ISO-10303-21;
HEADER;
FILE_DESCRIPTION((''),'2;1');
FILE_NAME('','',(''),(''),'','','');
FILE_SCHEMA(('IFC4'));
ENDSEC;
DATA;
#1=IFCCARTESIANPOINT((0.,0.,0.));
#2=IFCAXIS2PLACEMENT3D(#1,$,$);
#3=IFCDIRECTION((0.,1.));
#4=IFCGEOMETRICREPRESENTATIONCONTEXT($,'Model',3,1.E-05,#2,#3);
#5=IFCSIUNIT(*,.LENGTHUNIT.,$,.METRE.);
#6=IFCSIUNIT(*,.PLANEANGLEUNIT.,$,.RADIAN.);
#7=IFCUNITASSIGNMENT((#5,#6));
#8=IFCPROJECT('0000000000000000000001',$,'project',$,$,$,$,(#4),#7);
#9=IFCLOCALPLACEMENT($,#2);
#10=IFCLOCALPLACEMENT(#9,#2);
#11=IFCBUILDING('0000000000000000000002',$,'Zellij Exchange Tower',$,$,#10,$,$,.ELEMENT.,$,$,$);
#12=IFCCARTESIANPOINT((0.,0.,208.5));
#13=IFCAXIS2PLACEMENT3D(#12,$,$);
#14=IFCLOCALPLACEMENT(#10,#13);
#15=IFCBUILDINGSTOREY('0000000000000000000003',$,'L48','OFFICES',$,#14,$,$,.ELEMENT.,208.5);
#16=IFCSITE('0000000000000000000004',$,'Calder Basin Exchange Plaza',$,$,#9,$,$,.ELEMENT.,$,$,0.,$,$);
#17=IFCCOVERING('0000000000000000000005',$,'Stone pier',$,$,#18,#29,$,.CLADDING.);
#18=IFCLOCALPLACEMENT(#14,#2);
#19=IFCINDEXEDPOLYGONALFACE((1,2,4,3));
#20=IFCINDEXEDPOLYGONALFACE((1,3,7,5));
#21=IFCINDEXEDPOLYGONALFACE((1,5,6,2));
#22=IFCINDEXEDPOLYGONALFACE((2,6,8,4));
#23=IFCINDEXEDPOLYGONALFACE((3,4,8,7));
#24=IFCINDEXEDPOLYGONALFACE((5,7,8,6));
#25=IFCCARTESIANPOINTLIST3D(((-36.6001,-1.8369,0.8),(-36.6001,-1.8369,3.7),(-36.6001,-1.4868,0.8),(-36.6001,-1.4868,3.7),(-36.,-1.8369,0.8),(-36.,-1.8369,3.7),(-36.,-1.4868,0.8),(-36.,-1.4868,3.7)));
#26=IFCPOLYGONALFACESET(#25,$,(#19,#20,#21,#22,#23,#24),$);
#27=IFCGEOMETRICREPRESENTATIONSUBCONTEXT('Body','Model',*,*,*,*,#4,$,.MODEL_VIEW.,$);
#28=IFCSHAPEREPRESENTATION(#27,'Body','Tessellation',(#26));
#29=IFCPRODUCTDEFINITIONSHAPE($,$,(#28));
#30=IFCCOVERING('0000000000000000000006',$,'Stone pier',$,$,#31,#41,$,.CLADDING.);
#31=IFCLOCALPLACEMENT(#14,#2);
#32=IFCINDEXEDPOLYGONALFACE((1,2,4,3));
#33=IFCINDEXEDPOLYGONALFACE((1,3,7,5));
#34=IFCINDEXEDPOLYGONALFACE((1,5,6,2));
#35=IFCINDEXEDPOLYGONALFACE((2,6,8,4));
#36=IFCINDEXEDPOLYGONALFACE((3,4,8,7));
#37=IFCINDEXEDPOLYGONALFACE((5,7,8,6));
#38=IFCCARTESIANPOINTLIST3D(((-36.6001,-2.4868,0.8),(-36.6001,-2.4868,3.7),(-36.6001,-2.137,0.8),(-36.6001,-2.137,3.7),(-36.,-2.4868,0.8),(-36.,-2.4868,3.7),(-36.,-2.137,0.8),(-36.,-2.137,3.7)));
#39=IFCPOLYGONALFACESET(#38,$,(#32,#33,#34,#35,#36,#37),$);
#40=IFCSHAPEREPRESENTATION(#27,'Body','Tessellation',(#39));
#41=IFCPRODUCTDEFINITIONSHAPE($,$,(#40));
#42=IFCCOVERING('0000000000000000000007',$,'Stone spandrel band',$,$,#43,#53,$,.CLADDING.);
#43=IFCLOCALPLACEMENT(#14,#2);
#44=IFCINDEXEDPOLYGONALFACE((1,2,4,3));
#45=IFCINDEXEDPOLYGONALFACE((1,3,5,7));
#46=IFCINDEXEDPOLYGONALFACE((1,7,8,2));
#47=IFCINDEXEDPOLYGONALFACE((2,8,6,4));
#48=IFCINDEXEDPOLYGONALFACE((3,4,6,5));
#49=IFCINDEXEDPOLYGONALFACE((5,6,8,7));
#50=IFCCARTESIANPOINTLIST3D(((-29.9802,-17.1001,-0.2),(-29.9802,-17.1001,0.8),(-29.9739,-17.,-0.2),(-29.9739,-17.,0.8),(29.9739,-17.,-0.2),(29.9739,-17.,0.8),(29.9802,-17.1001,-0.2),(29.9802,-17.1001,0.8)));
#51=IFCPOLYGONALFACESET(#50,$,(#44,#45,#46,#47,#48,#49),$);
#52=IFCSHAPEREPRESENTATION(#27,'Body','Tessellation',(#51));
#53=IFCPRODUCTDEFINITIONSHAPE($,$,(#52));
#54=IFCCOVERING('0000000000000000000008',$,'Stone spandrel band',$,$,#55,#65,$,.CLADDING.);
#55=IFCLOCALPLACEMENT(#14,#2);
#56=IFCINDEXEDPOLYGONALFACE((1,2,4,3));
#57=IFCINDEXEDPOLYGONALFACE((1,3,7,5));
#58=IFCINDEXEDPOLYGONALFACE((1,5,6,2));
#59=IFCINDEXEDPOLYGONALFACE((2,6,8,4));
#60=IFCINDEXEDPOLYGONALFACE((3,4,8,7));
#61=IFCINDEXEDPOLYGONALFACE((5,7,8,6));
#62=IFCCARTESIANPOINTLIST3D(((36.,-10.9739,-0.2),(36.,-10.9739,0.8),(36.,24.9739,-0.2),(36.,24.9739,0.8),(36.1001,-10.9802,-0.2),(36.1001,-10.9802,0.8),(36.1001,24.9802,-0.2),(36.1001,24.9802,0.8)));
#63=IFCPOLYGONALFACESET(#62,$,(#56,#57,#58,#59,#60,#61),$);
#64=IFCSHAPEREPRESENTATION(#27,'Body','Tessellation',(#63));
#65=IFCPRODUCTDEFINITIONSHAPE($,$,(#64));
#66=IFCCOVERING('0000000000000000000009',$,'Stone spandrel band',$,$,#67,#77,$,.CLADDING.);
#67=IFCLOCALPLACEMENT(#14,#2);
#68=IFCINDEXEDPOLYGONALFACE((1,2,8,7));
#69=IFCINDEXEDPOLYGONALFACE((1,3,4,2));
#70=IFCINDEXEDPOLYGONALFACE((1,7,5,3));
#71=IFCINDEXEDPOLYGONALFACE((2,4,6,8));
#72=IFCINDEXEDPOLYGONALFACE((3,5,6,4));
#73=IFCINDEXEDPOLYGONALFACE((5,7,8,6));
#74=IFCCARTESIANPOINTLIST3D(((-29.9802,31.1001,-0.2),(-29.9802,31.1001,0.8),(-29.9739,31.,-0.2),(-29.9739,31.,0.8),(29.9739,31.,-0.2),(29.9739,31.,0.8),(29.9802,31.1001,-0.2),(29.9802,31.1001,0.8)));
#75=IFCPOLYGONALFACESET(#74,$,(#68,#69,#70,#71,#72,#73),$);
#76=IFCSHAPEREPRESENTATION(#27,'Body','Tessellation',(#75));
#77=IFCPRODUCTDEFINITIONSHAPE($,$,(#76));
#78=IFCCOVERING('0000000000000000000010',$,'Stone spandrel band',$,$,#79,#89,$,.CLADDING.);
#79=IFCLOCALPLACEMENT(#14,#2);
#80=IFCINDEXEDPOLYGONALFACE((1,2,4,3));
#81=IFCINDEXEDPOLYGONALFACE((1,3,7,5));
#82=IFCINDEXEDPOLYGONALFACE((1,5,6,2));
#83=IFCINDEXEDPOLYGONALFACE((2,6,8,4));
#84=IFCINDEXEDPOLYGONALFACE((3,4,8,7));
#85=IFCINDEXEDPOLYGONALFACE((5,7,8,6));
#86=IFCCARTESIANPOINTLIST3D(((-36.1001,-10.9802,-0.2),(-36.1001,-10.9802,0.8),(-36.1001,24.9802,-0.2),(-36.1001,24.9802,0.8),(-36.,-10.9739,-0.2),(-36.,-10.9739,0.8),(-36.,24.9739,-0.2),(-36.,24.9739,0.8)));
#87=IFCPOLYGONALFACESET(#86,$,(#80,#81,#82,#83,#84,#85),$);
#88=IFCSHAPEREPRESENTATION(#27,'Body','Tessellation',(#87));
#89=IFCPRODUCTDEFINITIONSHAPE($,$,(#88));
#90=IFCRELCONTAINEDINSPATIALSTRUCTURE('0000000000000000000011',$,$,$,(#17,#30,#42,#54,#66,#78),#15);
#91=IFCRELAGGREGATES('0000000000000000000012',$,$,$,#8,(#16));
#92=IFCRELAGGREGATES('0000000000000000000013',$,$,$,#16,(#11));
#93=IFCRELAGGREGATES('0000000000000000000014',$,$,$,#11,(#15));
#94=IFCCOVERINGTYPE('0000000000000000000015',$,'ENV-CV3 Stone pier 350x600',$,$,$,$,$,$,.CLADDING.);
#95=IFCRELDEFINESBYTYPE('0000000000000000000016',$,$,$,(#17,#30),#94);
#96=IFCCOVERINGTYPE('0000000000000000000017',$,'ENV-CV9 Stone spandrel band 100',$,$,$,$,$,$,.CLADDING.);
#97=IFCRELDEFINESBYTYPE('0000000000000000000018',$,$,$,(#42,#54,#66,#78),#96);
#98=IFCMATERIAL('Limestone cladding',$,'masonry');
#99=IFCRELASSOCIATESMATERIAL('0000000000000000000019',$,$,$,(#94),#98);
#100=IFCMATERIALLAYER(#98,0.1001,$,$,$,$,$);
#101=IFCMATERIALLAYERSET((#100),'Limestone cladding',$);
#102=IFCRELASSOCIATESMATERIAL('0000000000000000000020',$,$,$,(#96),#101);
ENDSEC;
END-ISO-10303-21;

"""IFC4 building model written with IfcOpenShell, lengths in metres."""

from ifc_helpers import new_model, si_unit, direction, frame, origin, place, context, subcontext, project, spatial, polyline, outline, extrude, material, layer, layer_set, type_object, element, save


model = new_model("IFC4")

# Units and contexts
model_context = context("Model", 3, precision=1e-05, world=origin(), true_north=direction((0.0, 1.0)))
body_context = subcontext(model_context, "Body", "Model", "MODEL_VIEW")
ifc_project = project(units=[si_unit("LENGTHUNIT", "METRE"), si_unit("PLANEANGLEUNIT", "RADIAN")], contexts=[model_context])

# Site, building, storey
site_placement = place(None, origin())
site = spatial("IfcSite", under=ifc_project, at=site_placement, Name="Calder Basin Exchange Plaza", CompositionType="ELEMENT", RefElevation=0.0)
building_placement = place(site_placement, origin())
building = spatial("IfcBuilding", under=site, at=building_placement, Name="Zellij Exchange Tower", CompositionType="ELEMENT")
storey_placement = place(building_placement, frame((0.0, 0.0, 208.5)))
storey = spatial("IfcBuildingStorey", under=building, at=storey_placement, Name="L48", Description="OFFICES", CompositionType="ELEMENT", Elevation=208.5)

# Coverings
ifc_material_1 = material(Name="Limestone cladding", Category="masonry")
covering_type_1 = type_object("IfcCoveringType", Name="ENV-CV3 Stone pier 350x600", PredefinedType="CLADDING", material=ifc_material_1)
covering_1_placement = place(storey_placement, frame((0.0, 0.0, 0.8)))
element("IfcCovering", 1, at=covering_1_placement, inside=storey, type_object=covering_type_1, Name="Stone pier", PredefinedType="CLADDING", context=body_context, shape_type="SweptSolid", body=[
    extrude(outline(polyline([(-36.0, -1.4868), (-36.0, -1.8369), (-36.6001, -1.8369), (-36.6001, -1.4868), (-36.0, -1.4868)])), origin(), (0.0, 0.0, 1.0), 2.8999),
])
covering_2_placement = place(storey_placement, frame((0.0, 0.0, 0.8)))
element("IfcCovering", 2, at=covering_2_placement, inside=storey, type_object=covering_type_1, Name="Stone pier", PredefinedType="CLADDING", context=body_context, shape_type="SweptSolid", body=[
    extrude(outline(polyline([(-36.0, -2.137), (-36.0, -2.4868), (-36.6001, -2.4868), (-36.6001, -2.137), (-36.0, -2.137)])), origin(), (0.0, 0.0, 1.0), 2.8999),
])
ifc_layer_1 = layer(ifc_material_1, 0.1001)
ifc_layer_set_1 = layer_set([ifc_layer_1], Name="Limestone cladding")
covering_type_2 = type_object("IfcCoveringType", Name="ENV-CV9 Stone spandrel band 100", PredefinedType="CLADDING", material=ifc_layer_set_1)
covering_3_placement = place(storey_placement, frame((0.0, 0.0, -0.2)))
element("IfcCovering", 3, at=covering_3_placement, inside=storey, type_object=covering_type_2, Name="Stone spandrel band", PredefinedType="CLADDING", context=body_context, shape_type="SweptSolid", body=[
    extrude(outline(polyline([(-29.9739, -17.0), (29.9739, -17.0), (29.9802, -17.1001), (-29.9802, -17.1001), (-29.9739, -17.0)])), origin(), (0.0, 0.0, 1.0), 1.0),
])
covering_4_placement = place(storey_placement, frame((0.0, 0.0, -0.2)))
element("IfcCovering", 4, at=covering_4_placement, inside=storey, type_object=covering_type_2, Name="Stone spandrel band", PredefinedType="CLADDING", context=body_context, shape_type="SweptSolid", body=[
    extrude(outline(polyline([(36.0, -10.9739), (36.0, 24.9739), (36.1001, 24.9802), (36.1001, -10.9802), (36.0, -10.9739)])), origin(), (0.0, 0.0, 1.0), 1.0),
])
covering_5_placement = place(storey_placement, frame((0.0, 0.0, -0.2)))
element("IfcCovering", 5, at=covering_5_placement, inside=storey, type_object=covering_type_2, Name="Stone spandrel band", PredefinedType="CLADDING", context=body_context, shape_type="SweptSolid", body=[
    extrude(outline(polyline([(29.9739, 31.0), (-29.9739, 31.0), (-29.9802, 31.1001), (29.9802, 31.1001), (29.9739, 31.0)])), origin(), (0.0, 0.0, 1.0), 1.0),
])
covering_6_placement = place(storey_placement, frame((0.0, 0.0, -0.2)))
element("IfcCovering", 6, at=covering_6_placement, inside=storey, type_object=covering_type_2, Name="Stone spandrel band", PredefinedType="CLADDING", context=body_context, shape_type="SweptSolid", body=[
    extrude(outline(polyline([(-36.0, 24.9739), (-36.0, -10.9739), (-36.1001, -10.9802), (-36.1001, 24.9802), (-36.0, 24.9739)])), origin(), (0.0, 0.0, 1.0), 1.0),
])

save(model, "model.ifc")
